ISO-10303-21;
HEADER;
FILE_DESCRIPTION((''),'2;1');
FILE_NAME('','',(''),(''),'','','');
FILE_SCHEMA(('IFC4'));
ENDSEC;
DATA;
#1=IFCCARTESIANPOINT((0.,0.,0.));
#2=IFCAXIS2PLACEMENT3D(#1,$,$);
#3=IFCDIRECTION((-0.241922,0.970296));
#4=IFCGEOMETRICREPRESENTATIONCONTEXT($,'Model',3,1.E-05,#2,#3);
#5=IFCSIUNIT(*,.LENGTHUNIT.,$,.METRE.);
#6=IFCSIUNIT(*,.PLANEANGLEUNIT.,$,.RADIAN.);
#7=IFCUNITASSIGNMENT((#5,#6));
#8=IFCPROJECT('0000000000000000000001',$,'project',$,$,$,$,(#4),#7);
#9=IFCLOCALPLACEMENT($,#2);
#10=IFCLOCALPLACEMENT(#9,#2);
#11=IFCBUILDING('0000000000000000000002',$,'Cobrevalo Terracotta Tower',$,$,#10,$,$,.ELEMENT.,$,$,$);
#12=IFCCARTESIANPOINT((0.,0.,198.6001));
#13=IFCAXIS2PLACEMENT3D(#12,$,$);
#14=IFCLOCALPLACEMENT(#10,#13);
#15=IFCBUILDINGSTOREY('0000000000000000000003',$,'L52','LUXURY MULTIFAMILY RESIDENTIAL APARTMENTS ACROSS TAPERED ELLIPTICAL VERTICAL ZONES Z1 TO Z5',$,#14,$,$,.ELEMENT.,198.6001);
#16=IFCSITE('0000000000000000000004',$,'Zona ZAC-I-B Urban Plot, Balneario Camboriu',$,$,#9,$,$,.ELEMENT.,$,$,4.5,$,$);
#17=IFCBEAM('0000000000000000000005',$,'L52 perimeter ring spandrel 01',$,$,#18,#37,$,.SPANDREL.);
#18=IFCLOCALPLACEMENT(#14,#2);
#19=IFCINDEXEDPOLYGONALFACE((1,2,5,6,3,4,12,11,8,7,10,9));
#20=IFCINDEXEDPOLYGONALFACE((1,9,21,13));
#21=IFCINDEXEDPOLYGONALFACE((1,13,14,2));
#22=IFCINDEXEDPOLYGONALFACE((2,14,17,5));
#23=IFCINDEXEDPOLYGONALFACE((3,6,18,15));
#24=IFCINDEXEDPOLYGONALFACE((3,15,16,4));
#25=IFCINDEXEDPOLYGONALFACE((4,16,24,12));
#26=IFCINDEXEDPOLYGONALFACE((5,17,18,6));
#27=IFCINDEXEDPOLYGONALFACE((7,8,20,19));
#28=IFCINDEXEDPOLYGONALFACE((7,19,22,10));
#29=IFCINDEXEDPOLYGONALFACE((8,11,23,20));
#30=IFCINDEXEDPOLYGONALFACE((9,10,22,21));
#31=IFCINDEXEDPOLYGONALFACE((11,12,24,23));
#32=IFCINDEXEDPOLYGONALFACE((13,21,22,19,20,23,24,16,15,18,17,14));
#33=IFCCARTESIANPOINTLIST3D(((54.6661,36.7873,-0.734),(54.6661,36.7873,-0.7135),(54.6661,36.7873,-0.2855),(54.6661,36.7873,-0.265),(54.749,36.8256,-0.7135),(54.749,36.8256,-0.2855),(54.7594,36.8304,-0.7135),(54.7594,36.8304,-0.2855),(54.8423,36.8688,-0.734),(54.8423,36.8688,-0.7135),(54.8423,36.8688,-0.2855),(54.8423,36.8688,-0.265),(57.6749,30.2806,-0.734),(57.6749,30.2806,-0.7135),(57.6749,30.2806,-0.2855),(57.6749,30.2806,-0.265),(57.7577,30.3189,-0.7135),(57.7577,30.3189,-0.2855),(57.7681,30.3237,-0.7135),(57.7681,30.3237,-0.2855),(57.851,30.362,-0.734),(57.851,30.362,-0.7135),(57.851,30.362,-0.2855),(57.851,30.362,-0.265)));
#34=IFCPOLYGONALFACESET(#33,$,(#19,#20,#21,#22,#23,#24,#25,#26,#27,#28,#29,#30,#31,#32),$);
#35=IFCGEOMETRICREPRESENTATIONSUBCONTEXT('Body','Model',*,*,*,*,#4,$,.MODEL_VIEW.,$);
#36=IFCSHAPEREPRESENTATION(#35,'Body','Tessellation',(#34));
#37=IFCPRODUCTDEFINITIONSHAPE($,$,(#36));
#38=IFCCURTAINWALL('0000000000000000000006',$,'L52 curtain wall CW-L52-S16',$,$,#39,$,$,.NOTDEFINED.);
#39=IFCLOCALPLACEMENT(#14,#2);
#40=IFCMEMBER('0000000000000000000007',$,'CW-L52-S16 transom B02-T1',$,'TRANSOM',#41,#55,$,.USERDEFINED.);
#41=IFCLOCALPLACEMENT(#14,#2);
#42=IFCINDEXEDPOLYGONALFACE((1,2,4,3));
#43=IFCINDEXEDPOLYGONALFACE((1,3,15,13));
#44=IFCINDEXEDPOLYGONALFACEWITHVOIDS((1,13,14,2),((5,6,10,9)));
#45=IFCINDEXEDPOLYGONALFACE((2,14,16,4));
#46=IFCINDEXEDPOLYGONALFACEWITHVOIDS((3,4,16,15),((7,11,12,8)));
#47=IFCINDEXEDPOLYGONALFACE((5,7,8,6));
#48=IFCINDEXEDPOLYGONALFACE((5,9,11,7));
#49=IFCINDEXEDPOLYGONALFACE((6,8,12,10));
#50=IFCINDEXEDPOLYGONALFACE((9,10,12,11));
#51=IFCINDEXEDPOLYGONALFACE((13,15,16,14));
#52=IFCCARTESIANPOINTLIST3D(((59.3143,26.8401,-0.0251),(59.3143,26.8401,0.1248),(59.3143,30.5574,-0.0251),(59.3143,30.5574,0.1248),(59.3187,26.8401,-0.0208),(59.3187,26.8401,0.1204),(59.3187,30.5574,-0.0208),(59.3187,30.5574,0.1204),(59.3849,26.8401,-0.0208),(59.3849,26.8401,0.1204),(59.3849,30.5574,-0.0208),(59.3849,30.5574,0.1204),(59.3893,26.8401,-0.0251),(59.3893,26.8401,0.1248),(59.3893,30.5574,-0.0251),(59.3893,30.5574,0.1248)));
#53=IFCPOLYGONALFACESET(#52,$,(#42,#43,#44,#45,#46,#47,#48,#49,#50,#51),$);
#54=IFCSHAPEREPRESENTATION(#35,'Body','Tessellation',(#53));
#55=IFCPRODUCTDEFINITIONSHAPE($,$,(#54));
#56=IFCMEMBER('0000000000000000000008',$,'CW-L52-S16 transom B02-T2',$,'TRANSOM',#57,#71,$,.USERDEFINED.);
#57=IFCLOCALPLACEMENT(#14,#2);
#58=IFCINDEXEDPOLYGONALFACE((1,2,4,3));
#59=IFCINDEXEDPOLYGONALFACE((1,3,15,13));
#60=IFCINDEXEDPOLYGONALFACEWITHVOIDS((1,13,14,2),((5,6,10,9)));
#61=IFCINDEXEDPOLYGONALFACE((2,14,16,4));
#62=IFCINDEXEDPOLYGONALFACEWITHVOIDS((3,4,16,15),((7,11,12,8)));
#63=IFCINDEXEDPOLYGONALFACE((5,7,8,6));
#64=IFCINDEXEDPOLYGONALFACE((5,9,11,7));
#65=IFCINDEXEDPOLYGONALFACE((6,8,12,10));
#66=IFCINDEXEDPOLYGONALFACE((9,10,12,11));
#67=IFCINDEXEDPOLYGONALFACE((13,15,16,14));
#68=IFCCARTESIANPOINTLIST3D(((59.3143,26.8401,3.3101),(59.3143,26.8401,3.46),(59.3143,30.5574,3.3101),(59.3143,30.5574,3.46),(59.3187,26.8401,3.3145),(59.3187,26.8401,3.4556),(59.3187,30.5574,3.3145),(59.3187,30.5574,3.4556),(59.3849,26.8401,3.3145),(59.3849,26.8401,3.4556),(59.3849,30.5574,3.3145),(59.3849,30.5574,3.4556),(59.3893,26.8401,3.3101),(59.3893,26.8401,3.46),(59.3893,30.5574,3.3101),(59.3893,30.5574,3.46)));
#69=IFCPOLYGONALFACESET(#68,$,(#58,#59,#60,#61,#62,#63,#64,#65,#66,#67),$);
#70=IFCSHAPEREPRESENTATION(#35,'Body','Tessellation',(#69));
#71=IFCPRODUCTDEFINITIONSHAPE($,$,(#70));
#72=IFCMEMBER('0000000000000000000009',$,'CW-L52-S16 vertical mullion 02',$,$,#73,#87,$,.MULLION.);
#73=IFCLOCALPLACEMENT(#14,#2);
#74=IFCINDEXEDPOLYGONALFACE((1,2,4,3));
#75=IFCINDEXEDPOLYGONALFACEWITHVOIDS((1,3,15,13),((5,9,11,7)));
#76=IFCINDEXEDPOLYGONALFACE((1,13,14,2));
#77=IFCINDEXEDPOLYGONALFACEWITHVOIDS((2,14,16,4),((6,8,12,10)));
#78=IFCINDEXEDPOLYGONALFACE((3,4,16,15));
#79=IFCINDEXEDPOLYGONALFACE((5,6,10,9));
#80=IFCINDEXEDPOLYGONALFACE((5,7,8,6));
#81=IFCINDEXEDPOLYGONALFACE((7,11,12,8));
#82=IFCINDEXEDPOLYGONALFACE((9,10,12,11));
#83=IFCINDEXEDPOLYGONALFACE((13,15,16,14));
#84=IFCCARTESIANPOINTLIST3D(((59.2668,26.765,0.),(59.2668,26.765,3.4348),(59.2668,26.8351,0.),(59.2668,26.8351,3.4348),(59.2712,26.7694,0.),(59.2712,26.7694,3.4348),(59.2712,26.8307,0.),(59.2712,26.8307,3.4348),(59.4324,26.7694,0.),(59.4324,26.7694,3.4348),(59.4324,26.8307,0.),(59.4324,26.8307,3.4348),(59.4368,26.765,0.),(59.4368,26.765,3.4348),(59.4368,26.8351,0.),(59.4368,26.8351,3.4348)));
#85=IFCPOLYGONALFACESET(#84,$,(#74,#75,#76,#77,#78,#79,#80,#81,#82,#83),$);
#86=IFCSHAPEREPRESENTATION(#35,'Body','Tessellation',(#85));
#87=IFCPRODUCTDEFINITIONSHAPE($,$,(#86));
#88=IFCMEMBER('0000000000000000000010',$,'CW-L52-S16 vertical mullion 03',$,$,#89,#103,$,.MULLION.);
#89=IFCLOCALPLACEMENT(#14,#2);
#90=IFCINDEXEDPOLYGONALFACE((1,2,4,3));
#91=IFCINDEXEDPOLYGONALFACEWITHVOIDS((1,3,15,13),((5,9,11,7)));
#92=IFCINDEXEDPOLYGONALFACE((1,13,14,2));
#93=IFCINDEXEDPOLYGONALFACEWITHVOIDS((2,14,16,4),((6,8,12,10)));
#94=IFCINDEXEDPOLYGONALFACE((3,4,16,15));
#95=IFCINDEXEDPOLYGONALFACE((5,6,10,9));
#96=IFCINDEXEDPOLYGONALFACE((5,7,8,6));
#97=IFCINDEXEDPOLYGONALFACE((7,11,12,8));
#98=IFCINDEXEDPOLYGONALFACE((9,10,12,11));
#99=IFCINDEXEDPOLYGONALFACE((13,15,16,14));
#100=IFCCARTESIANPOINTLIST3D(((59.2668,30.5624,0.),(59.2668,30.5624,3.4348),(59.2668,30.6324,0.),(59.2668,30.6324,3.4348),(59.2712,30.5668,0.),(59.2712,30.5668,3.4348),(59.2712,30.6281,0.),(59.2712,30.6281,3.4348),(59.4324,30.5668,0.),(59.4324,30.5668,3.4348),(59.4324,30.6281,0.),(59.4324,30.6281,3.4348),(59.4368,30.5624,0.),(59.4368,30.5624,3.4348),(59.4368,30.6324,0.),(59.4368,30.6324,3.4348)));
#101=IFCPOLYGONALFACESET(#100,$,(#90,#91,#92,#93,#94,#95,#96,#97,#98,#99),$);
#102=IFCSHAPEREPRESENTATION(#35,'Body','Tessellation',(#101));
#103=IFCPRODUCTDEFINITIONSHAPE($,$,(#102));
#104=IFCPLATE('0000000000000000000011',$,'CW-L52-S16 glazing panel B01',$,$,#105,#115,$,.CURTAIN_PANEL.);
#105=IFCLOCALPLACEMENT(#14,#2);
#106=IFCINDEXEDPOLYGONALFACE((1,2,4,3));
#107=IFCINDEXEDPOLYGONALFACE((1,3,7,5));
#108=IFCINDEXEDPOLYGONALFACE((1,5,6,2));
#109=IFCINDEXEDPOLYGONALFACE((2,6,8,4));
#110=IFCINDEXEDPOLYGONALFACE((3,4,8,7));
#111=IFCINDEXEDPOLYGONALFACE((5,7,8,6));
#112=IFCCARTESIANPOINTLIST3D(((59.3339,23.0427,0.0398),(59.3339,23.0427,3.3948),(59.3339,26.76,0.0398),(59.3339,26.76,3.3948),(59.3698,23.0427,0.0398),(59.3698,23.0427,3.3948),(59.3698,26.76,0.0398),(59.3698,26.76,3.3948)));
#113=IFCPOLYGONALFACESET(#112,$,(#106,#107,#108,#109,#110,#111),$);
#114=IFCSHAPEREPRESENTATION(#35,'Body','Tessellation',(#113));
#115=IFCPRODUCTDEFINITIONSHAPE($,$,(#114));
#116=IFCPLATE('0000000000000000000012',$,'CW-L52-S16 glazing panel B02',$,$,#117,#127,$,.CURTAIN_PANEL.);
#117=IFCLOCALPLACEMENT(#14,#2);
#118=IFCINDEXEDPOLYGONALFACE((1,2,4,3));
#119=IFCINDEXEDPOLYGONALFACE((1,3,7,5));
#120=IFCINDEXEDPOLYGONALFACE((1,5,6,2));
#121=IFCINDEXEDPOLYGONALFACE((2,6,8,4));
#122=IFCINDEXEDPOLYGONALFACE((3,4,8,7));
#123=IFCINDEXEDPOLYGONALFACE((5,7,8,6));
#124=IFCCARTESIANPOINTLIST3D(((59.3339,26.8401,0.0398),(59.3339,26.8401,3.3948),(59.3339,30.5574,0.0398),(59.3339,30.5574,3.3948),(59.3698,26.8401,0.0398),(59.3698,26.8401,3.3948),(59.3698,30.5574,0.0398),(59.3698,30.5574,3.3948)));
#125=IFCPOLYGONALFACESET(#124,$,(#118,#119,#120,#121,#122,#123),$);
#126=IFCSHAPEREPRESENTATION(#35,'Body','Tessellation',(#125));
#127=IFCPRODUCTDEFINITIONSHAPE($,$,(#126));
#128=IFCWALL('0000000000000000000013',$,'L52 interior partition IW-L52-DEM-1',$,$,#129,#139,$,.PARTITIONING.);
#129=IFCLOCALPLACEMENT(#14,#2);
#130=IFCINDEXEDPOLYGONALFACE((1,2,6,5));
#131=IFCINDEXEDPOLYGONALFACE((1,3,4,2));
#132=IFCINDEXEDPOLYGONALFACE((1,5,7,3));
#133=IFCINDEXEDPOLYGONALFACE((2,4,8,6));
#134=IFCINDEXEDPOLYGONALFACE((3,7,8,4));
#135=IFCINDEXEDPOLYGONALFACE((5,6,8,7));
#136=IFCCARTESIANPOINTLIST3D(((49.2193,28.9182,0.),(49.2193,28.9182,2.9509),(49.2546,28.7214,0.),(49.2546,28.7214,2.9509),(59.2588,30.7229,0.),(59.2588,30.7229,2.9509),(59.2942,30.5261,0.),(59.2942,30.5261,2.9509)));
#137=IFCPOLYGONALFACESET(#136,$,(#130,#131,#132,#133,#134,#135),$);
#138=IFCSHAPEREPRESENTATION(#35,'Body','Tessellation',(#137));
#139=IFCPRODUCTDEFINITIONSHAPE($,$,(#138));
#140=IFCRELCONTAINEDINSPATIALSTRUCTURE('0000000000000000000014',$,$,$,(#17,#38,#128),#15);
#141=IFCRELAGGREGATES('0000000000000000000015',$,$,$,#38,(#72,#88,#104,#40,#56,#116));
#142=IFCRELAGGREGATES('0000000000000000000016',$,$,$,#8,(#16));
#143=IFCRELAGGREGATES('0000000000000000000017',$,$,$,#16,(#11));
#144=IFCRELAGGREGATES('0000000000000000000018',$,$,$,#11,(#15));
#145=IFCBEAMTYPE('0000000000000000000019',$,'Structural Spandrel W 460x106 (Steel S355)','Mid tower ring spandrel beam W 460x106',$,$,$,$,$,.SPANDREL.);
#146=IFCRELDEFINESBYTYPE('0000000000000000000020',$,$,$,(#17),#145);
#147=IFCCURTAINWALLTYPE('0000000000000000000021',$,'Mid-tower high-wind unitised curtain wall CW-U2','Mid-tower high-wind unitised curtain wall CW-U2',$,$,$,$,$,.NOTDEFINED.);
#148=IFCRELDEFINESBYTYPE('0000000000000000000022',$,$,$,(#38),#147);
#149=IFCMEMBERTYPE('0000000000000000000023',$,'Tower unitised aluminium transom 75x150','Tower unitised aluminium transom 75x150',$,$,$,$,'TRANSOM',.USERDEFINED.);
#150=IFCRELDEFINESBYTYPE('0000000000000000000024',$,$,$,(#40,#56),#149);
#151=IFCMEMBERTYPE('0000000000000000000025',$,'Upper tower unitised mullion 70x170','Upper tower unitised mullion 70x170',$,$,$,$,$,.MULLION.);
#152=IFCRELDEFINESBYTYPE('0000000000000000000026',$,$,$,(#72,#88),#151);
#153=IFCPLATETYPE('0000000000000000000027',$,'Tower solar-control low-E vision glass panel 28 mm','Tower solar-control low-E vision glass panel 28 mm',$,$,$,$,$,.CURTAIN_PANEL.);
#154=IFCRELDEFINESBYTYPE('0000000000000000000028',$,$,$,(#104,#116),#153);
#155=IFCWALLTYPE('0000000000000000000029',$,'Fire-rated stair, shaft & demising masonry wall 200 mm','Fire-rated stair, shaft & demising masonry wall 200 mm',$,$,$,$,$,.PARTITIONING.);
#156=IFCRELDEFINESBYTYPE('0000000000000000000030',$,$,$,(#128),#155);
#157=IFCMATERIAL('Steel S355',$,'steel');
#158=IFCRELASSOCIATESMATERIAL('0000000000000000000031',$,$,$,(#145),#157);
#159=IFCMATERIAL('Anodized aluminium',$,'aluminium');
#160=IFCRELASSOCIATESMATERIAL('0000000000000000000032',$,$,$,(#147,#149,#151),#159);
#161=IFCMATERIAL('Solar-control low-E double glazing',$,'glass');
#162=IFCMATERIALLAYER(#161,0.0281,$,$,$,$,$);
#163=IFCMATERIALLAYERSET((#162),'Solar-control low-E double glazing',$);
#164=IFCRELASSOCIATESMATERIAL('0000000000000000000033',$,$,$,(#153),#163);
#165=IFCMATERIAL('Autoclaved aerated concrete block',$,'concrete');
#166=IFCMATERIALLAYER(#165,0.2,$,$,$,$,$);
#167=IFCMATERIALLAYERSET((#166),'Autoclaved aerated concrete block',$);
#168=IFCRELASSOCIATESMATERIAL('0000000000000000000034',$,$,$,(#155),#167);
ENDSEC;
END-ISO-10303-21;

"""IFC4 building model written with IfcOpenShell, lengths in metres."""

from ifc_helpers import new_model, si_unit, direction, frame, frame_2d, origin, origin_2d, place, context, subcontext, project, spatial, rectangle, hollow_rectangle, i_section, extrude, source, transform, mapped, material, layer, layer_set, material_profile, profile_set, type_object, element, aggregate, save


model = new_model("IFC4")

# Units and contexts
model_context = context("Model", 3, precision=1e-05, world=origin(), true_north=direction((-0.241922, 0.970296)))
body_context = subcontext(model_context, "Body", "Model", "MODEL_VIEW")
ifc_project = project(units=[si_unit("LENGTHUNIT", "METRE"), si_unit("PLANEANGLEUNIT", "RADIAN")], contexts=[model_context])

# Site, building, storey
site_placement = place(None, origin())
site = spatial("IfcSite", under=ifc_project, at=site_placement, Name="Zona ZAC-I-B Urban Plot, Balneario Camboriu", CompositionType="ELEMENT", RefElevation=4.5)
building_placement = place(site_placement, origin())
building = spatial("IfcBuilding", under=site, at=building_placement, Name="Cobrevalo Terracotta Tower", CompositionType="ELEMENT")
storey_placement = place(building_placement, frame((0.0, 0.0, 198.6001)))
storey = spatial("IfcBuildingStorey", under=building, at=storey_placement, Name="L52", Description="LUXURY MULTIFAMILY RESIDENTIAL APARTMENTS ACROSS TAPERED ELLIPTICAL VERTICAL ZONES Z1 TO Z5", CompositionType="ELEMENT", Elevation=198.6001)

# Shared definitions
ifc_material_1 = material(Name="Steel S355", Category="steel")

# Beam
ifc_material_profile_1 = material_profile(ifc_material_1, i_section(OverallWidth=0.1941, OverallDepth=0.469, WebThickness=0.0115, FlangeThickness=0.0205, at=origin_2d()), Name="W 460x106")
ifc_profile_set_1 = profile_set([ifc_material_profile_1], Name="Steel S355")
beam_type_1 = type_object("IfcBeamType", Name="Structural Spandrel W 460x106 (Steel S355)", Description="Mid tower ring spandrel beam W 460x106", PredefinedType="SPANDREL", material=ifc_profile_set_1)
beam_1_placement = place(storey_placement, frame((57.7629, 30.3213, -0.4995), z_axis=(-0.419706, 0.90766, 0.0), x_axis=(-0.90766, -0.419706, 0.0)))
element("IfcBeam", 1, at=beam_1_placement, inside=storey, type_object=beam_type_1, Name="L52 perimeter ring spandrel 01", PredefinedType="SPANDREL", context=body_context, shape_type="SweptSolid", body=[
    extrude(i_section(OverallWidth=0.1941, OverallDepth=0.469, WebThickness=0.0115, FlangeThickness=0.0205, at=origin_2d()), origin(), (0.0, 0.0, 1.0), 7.1687),
])

# Curtain wall, members, plates
ifc_material_2 = material(Name="Anodized aluminium", Category="aluminium")
curtain_wall_type = type_object("IfcCurtainWallType", Name="Mid-tower high-wind unitised curtain wall CW-U2", Description="Mid-tower high-wind unitised curtain wall CW-U2", PredefinedType="NOTDEFINED", material=ifc_material_2)
curtain_wall_placement = place(storey_placement, origin())
curtain_wall = element("IfcCurtainWall", 2, at=curtain_wall_placement, inside=storey, type_object=curtain_wall_type, Name="L52 curtain wall CW-L52-S16", PredefinedType="NOTDEFINED")
ifc_material_profile_2 = material_profile(ifc_material_2, hollow_rectangle(XDim=0.075, YDim=0.1499, WallThickness=0.0044, at=origin_2d()), Name="CWT 75x150")
ifc_profile_set_2 = profile_set([ifc_material_profile_2], Name="Anodized aluminium")
member_type_1 = type_object("IfcMemberType", Name="Tower unitised aluminium transom 75x150", Description="Tower unitised aluminium transom 75x150", ElementType="TRANSOM", PredefinedType="USERDEFINED", material=ifc_profile_set_2)
shared_shape_1 = source(origin(), body_context, "Body", "SweptSolid", [
    extrude(hollow_rectangle(XDim=0.075, YDim=0.1499, WallThickness=0.0044, at=origin_2d()), origin(), (0.0, 0.0, 1.0), 3.7173),
])
member_1_placement = place(storey_placement, frame((59.3518, 26.8401, 0.0498), z_axis=(0.0, 1.0, 0.0), x_axis=(-1.0, 0.0, 0.0)))
member_1 = element("IfcMember", 3, at=member_1_placement, type_object=member_type_1, Name="CW-L52-S16 transom B02-T1", ObjectType="TRANSOM", PredefinedType="USERDEFINED", context=body_context, shape_type="MappedRepresentation", body=[
    mapped(shared_shape_1, transform((0.0, 0.0, 0.0), scale=1.0)),
])
member_2_placement = place(storey_placement, frame((59.3518, 26.8401, 3.385), z_axis=(0.0, 1.0, 0.0), x_axis=(-1.0, 0.0, 0.0)))
member_2 = element("IfcMember", 4, at=member_2_placement, type_object=member_type_1, Name="CW-L52-S16 transom B02-T2", ObjectType="TRANSOM", PredefinedType="USERDEFINED", context=body_context, shape_type="MappedRepresentation", body=[
    mapped(shared_shape_1, transform((0.0, 0.0, 0.0), scale=1.0)),
])
ifc_material_profile_3 = material_profile(ifc_material_2, hollow_rectangle(XDim=0.0701, YDim=0.1699, WallThickness=0.0044, at=origin_2d()), Name="CWM 70x170")
ifc_profile_set_3 = profile_set([ifc_material_profile_3], Name="Anodized aluminium")
member_type_2 = type_object("IfcMemberType", Name="Upper tower unitised mullion 70x170", Description="Upper tower unitised mullion 70x170", PredefinedType="MULLION", material=ifc_profile_set_3)
shared_shape_2 = source(origin(), body_context, "Body", "SweptSolid", [
    extrude(hollow_rectangle(XDim=0.0701, YDim=0.1699, WallThickness=0.0044, at=origin_2d()), origin(), (0.0, 0.0, 1.0), 3.4348),
])
member_3_placement = place(storey_placement, frame((59.3518, 26.8, 0.0), z_axis=(0.0, 0.0, 1.0), x_axis=(0.0, 1.0, 0.0)))
member_3 = element("IfcMember", 5, at=member_3_placement, type_object=member_type_2, Name="CW-L52-S16 vertical mullion 02", PredefinedType="MULLION", context=body_context, shape_type="MappedRepresentation", body=[
    mapped(shared_shape_2, transform((0.0, 0.0, 0.0), scale=1.0)),
])
member_4_placement = place(storey_placement, frame((59.3518, 30.5974, 0.0), z_axis=(0.0, 0.0, 1.0), x_axis=(0.0, 1.0, 0.0)))
member_4 = element("IfcMember", 6, at=member_4_placement, type_object=member_type_2, Name="CW-L52-S16 vertical mullion 03", PredefinedType="MULLION", context=body_context, shape_type="MappedRepresentation", body=[
    mapped(shared_shape_2, transform((0.0, 0.0, 0.0), scale=1.0)),
])
ifc_material_3 = material(Name="Solar-control low-E double glazing", Category="glass")
ifc_layer_1 = layer(ifc_material_3, 0.0281)
ifc_layer_set_1 = layer_set([ifc_layer_1], Name="Solar-control low-E double glazing")
plate_type = type_object("IfcPlateType", Name="Tower solar-control low-E vision glass panel 28 mm", Description="Tower solar-control low-E vision glass panel 28 mm", PredefinedType="CURTAIN_PANEL", material=ifc_layer_set_1)
shared_shape_3 = source(origin(), body_context, "Body", "SweptSolid", [
    extrude(rectangle(XDim=3.7173, YDim=0.0359, at=origin_2d()), origin(), (0.0, 0.0, 1.0), 3.355),
])
plate_1_placement = place(storey_placement, frame((59.3518, 24.9014, 0.0398), z_axis=(0.0, 0.0, 1.0), x_axis=(0.0, 1.0, 0.0)))
plate_1 = element("IfcPlate", 7, at=plate_1_placement, type_object=plate_type, Name="CW-L52-S16 glazing panel B01", PredefinedType="CURTAIN_PANEL", context=body_context, shape_type="MappedRepresentation", body=[
    mapped(shared_shape_3, transform((0.0, 0.0, 0.0), scale=1.0)),
])
plate_2_placement = place(storey_placement, frame((59.3518, 28.6987, 0.0398), z_axis=(0.0, 0.0, 1.0), x_axis=(0.0, 1.0, 0.0)))
plate_2 = element("IfcPlate", 8, at=plate_2_placement, type_object=plate_type, Name="CW-L52-S16 glazing panel B02", PredefinedType="CURTAIN_PANEL", context=body_context, shape_type="MappedRepresentation", body=[
    mapped(shared_shape_3, transform((0.0, 0.0, 0.0), scale=1.0)),
])
aggregate(curtain_wall, [member_3, member_4, plate_1, member_1, member_2, plate_2])

# Wall
ifc_material_4 = material(Name="Autoclaved aerated concrete block", Category="concrete")
ifc_layer_2 = layer(ifc_material_4, 0.2)
ifc_layer_set_2 = layer_set([ifc_layer_2], Name="Autoclaved aerated concrete block")
wall_type_1 = type_object("IfcWallType", Name="Fire-rated stair, shaft & demising masonry wall 200 mm", Description="Fire-rated stair, shaft & demising masonry wall 200 mm", PredefinedType="PARTITIONING", material=ifc_layer_set_2)
wall_1_placement = place(storey_placement, frame((49.2371, 28.8198, 0.0), z_axis=(0.0, 0.0, 1.0), x_axis=(0.984225, 0.176922, 0.0)))
element("IfcWall", 9, at=wall_1_placement, inside=storey, type_object=wall_type_1, Name="L52 interior partition IW-L52-DEM-1", PredefinedType="PARTITIONING", context=body_context, shape_type="SweptSolid", body=[
    extrude(rectangle(XDim=10.2004, YDim=0.2, at=frame_2d((5.1001, 0.0))), origin(), (0.0, 0.0, 1.0), 2.9509),
])

save(model, "model.ifc")
